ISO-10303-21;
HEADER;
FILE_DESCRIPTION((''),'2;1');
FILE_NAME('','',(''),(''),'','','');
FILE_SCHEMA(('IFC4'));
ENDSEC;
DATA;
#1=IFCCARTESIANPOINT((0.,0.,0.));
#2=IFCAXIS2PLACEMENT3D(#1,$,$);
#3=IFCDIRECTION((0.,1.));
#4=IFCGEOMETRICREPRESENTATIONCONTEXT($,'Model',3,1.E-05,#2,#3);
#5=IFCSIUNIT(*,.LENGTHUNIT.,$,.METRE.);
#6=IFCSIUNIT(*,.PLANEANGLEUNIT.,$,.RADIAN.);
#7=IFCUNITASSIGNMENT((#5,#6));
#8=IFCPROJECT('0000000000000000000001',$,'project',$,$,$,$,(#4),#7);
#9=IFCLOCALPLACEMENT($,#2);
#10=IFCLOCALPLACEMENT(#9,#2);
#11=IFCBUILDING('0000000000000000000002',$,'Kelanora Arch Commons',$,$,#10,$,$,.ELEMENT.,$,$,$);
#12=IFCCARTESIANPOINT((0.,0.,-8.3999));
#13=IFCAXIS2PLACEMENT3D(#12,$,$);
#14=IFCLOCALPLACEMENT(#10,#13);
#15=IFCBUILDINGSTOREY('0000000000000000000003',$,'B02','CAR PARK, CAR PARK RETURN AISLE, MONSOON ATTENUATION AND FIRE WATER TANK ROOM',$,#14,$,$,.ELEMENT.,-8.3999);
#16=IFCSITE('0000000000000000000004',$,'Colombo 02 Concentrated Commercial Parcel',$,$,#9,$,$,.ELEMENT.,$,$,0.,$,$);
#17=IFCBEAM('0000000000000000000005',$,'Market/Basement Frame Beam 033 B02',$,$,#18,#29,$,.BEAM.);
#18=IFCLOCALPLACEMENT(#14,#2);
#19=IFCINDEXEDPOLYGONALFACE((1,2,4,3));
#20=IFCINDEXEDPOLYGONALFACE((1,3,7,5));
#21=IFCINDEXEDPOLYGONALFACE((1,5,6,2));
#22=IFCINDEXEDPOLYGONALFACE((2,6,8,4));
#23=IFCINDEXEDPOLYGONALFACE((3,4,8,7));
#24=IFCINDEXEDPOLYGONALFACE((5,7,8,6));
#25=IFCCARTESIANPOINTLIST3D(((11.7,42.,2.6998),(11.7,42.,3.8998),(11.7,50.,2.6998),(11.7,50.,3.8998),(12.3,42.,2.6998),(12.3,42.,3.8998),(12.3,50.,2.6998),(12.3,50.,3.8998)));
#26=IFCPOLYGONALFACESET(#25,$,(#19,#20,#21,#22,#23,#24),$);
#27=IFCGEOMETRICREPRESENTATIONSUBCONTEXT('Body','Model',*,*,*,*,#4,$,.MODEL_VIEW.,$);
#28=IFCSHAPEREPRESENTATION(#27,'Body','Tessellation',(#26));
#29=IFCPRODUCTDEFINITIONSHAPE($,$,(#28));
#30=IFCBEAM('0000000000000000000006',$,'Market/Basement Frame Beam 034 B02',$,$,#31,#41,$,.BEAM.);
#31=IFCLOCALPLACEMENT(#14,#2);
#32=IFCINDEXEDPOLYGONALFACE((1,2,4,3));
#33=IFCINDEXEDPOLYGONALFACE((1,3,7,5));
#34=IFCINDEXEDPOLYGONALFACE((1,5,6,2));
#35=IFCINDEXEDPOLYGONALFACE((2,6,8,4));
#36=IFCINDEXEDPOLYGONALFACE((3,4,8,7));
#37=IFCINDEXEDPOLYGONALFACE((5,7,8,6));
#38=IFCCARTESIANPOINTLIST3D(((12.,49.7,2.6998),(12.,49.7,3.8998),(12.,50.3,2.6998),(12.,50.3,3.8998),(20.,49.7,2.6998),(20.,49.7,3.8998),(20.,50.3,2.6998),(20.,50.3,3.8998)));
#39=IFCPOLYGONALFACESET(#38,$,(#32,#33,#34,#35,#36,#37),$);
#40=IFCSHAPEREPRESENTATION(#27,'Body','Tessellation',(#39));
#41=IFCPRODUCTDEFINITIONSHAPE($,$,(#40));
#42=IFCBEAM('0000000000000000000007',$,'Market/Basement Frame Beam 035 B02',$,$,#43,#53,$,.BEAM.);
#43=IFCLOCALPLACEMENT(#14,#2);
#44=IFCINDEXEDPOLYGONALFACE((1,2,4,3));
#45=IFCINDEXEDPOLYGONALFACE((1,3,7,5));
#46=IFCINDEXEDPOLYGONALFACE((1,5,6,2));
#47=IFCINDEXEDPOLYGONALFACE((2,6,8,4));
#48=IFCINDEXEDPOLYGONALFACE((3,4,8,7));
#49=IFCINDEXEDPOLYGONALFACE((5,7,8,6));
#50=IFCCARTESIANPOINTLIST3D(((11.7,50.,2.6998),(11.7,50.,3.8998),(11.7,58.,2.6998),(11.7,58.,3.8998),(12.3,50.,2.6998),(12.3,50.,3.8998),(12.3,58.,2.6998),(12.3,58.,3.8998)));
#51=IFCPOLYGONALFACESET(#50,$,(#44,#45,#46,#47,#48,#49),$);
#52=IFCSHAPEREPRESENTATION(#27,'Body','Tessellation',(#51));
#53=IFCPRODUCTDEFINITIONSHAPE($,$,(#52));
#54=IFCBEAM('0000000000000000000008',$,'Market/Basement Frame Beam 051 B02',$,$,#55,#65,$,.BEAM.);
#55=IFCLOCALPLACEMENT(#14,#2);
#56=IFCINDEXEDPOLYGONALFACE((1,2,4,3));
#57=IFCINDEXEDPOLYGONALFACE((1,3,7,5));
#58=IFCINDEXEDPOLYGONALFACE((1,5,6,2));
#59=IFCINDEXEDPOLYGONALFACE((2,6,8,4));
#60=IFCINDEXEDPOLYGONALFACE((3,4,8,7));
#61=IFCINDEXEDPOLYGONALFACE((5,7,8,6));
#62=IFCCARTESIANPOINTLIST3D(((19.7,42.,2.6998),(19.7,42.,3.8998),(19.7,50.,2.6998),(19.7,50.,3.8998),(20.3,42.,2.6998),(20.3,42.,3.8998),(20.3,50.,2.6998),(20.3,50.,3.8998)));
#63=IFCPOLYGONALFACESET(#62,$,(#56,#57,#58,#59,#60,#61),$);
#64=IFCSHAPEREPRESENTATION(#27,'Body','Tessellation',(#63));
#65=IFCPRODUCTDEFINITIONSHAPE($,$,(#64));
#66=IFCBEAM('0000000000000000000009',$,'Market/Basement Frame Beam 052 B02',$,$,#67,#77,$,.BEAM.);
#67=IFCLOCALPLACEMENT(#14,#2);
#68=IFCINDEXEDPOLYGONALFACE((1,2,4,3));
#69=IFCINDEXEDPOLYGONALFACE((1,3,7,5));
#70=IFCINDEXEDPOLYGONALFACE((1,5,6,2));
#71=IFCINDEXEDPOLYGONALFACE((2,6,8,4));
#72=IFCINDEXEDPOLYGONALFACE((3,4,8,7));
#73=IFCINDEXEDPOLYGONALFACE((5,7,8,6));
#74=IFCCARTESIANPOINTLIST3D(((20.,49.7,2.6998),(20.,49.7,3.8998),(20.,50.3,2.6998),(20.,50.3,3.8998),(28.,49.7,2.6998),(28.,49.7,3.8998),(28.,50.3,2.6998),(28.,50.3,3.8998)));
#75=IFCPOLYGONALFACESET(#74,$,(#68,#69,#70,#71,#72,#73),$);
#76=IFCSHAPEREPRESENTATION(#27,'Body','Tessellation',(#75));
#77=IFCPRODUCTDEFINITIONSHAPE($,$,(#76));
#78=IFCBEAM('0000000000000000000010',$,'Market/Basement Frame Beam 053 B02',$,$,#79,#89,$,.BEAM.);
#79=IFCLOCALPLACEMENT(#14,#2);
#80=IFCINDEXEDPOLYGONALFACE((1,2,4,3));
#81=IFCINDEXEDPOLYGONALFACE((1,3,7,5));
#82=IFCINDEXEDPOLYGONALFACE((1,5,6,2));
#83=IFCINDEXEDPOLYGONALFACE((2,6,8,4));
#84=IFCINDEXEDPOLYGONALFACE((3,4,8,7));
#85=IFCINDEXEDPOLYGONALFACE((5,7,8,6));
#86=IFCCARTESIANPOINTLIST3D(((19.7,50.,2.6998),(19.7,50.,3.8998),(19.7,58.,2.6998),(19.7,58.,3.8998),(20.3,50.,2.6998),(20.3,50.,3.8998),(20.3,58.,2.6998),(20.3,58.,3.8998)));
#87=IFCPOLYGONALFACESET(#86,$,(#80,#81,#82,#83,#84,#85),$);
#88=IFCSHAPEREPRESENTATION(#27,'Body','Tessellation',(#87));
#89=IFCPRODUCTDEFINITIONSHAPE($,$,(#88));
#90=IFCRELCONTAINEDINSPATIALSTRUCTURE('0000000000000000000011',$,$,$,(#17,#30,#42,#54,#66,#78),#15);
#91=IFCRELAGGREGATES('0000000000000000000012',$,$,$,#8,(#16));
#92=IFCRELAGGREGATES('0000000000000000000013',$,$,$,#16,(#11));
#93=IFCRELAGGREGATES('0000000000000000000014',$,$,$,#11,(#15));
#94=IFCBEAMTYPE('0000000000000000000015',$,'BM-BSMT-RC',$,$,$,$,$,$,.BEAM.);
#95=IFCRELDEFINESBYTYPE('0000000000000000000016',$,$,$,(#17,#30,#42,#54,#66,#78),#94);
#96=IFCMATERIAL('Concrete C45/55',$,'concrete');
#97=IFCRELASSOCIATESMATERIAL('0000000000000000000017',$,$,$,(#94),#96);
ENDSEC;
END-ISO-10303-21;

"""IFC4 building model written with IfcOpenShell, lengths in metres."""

from ifc_helpers import new_model, si_unit, direction, frame, origin, origin_2d, place, context, subcontext, project, spatial, rectangle, extrude, material, material_profile, profile_set, type_object, element, save


model = new_model("IFC4")

# Units and contexts
model_context = context("Model", 3, precision=1e-05, world=origin(), true_north=direction((0.0, 1.0)))
body_context = subcontext(model_context, "Body", "Model", "MODEL_VIEW")
ifc_project = project(units=[si_unit("LENGTHUNIT", "METRE"), si_unit("PLANEANGLEUNIT", "RADIAN")], contexts=[model_context])

# Site, building, storey
site_placement = place(None, origin())
site = spatial("IfcSite", under=ifc_project, at=site_placement, Name="Colombo 02 Concentrated Commercial Parcel", CompositionType="ELEMENT", RefElevation=0.0)
building_placement = place(site_placement, origin())
building = spatial("IfcBuilding", under=site, at=building_placement, Name="Kelanora Arch Commons", CompositionType="ELEMENT")
storey_placement = place(building_placement, frame((0.0, 0.0, -8.3999)))
storey = spatial("IfcBuildingStorey", under=building, at=storey_placement, Name="B02", Description="CAR PARK, CAR PARK RETURN AISLE, MONSOON ATTENUATION AND FIRE WATER TANK ROOM", CompositionType="ELEMENT", Elevation=-8.3999)

# Shared definitions
ifc_material_1 = material(Name="Concrete C45/55", Category="concrete")

# Beams
ifc_material_profile_1 = material_profile(ifc_material_1, rectangle(XDim=0.6001, YDim=1.2, at=origin_2d()), Name="RCB600x1200")
ifc_profile_set_1 = profile_set([ifc_material_profile_1], Name="Concrete C45/55")
beam_type = type_object("IfcBeamType", Name="BM-BSMT-RC", PredefinedType="BEAM", material=ifc_profile_set_1)
for number, where, z_axis, x_axis, name in (
    (1, (12.0, 42.0, 3.2998), (0.0, 1.0, 0.0), (-1.0, 0.0, 0.0), "Market/Basement Frame Beam 033 B02"),
    (2, (12.0, 50.0, 3.2998), (1.0, 0.0, 0.0), (0.0, 1.0, 0.0), "Market/Basement Frame Beam 034 B02"),
    (3, (12.0, 50.0, 3.2998), (0.0, 1.0, 0.0), (-1.0, 0.0, 0.0), "Market/Basement Frame Beam 035 B02"),
    (4, (20.0, 42.0, 3.2998), (0.0, 1.0, 0.0), (-1.0, 0.0, 0.0), "Market/Basement Frame Beam 051 B02"),
    (5, (20.0, 50.0, 3.2998), (1.0, 0.0, 0.0), (0.0, 1.0, 0.0), "Market/Basement Frame Beam 052 B02"),
    (6, (20.0, 50.0, 3.2998), (0.0, 1.0, 0.0), (-1.0, 0.0, 0.0), "Market/Basement Frame Beam 053 B02"),
):
    element("IfcBeam", number, at=place(storey_placement, frame(where, z_axis=z_axis, x_axis=x_axis)), inside=storey, type_object=beam_type, Name=name, PredefinedType="BEAM", context=body_context, shape_type="SweptSolid", body=[
        extrude(rectangle(XDim=0.6001, YDim=1.2, at=origin_2d()), origin(), (0.0, 0.0, 1.0), 8.0),
    ])

save(model, "model.ifc")
